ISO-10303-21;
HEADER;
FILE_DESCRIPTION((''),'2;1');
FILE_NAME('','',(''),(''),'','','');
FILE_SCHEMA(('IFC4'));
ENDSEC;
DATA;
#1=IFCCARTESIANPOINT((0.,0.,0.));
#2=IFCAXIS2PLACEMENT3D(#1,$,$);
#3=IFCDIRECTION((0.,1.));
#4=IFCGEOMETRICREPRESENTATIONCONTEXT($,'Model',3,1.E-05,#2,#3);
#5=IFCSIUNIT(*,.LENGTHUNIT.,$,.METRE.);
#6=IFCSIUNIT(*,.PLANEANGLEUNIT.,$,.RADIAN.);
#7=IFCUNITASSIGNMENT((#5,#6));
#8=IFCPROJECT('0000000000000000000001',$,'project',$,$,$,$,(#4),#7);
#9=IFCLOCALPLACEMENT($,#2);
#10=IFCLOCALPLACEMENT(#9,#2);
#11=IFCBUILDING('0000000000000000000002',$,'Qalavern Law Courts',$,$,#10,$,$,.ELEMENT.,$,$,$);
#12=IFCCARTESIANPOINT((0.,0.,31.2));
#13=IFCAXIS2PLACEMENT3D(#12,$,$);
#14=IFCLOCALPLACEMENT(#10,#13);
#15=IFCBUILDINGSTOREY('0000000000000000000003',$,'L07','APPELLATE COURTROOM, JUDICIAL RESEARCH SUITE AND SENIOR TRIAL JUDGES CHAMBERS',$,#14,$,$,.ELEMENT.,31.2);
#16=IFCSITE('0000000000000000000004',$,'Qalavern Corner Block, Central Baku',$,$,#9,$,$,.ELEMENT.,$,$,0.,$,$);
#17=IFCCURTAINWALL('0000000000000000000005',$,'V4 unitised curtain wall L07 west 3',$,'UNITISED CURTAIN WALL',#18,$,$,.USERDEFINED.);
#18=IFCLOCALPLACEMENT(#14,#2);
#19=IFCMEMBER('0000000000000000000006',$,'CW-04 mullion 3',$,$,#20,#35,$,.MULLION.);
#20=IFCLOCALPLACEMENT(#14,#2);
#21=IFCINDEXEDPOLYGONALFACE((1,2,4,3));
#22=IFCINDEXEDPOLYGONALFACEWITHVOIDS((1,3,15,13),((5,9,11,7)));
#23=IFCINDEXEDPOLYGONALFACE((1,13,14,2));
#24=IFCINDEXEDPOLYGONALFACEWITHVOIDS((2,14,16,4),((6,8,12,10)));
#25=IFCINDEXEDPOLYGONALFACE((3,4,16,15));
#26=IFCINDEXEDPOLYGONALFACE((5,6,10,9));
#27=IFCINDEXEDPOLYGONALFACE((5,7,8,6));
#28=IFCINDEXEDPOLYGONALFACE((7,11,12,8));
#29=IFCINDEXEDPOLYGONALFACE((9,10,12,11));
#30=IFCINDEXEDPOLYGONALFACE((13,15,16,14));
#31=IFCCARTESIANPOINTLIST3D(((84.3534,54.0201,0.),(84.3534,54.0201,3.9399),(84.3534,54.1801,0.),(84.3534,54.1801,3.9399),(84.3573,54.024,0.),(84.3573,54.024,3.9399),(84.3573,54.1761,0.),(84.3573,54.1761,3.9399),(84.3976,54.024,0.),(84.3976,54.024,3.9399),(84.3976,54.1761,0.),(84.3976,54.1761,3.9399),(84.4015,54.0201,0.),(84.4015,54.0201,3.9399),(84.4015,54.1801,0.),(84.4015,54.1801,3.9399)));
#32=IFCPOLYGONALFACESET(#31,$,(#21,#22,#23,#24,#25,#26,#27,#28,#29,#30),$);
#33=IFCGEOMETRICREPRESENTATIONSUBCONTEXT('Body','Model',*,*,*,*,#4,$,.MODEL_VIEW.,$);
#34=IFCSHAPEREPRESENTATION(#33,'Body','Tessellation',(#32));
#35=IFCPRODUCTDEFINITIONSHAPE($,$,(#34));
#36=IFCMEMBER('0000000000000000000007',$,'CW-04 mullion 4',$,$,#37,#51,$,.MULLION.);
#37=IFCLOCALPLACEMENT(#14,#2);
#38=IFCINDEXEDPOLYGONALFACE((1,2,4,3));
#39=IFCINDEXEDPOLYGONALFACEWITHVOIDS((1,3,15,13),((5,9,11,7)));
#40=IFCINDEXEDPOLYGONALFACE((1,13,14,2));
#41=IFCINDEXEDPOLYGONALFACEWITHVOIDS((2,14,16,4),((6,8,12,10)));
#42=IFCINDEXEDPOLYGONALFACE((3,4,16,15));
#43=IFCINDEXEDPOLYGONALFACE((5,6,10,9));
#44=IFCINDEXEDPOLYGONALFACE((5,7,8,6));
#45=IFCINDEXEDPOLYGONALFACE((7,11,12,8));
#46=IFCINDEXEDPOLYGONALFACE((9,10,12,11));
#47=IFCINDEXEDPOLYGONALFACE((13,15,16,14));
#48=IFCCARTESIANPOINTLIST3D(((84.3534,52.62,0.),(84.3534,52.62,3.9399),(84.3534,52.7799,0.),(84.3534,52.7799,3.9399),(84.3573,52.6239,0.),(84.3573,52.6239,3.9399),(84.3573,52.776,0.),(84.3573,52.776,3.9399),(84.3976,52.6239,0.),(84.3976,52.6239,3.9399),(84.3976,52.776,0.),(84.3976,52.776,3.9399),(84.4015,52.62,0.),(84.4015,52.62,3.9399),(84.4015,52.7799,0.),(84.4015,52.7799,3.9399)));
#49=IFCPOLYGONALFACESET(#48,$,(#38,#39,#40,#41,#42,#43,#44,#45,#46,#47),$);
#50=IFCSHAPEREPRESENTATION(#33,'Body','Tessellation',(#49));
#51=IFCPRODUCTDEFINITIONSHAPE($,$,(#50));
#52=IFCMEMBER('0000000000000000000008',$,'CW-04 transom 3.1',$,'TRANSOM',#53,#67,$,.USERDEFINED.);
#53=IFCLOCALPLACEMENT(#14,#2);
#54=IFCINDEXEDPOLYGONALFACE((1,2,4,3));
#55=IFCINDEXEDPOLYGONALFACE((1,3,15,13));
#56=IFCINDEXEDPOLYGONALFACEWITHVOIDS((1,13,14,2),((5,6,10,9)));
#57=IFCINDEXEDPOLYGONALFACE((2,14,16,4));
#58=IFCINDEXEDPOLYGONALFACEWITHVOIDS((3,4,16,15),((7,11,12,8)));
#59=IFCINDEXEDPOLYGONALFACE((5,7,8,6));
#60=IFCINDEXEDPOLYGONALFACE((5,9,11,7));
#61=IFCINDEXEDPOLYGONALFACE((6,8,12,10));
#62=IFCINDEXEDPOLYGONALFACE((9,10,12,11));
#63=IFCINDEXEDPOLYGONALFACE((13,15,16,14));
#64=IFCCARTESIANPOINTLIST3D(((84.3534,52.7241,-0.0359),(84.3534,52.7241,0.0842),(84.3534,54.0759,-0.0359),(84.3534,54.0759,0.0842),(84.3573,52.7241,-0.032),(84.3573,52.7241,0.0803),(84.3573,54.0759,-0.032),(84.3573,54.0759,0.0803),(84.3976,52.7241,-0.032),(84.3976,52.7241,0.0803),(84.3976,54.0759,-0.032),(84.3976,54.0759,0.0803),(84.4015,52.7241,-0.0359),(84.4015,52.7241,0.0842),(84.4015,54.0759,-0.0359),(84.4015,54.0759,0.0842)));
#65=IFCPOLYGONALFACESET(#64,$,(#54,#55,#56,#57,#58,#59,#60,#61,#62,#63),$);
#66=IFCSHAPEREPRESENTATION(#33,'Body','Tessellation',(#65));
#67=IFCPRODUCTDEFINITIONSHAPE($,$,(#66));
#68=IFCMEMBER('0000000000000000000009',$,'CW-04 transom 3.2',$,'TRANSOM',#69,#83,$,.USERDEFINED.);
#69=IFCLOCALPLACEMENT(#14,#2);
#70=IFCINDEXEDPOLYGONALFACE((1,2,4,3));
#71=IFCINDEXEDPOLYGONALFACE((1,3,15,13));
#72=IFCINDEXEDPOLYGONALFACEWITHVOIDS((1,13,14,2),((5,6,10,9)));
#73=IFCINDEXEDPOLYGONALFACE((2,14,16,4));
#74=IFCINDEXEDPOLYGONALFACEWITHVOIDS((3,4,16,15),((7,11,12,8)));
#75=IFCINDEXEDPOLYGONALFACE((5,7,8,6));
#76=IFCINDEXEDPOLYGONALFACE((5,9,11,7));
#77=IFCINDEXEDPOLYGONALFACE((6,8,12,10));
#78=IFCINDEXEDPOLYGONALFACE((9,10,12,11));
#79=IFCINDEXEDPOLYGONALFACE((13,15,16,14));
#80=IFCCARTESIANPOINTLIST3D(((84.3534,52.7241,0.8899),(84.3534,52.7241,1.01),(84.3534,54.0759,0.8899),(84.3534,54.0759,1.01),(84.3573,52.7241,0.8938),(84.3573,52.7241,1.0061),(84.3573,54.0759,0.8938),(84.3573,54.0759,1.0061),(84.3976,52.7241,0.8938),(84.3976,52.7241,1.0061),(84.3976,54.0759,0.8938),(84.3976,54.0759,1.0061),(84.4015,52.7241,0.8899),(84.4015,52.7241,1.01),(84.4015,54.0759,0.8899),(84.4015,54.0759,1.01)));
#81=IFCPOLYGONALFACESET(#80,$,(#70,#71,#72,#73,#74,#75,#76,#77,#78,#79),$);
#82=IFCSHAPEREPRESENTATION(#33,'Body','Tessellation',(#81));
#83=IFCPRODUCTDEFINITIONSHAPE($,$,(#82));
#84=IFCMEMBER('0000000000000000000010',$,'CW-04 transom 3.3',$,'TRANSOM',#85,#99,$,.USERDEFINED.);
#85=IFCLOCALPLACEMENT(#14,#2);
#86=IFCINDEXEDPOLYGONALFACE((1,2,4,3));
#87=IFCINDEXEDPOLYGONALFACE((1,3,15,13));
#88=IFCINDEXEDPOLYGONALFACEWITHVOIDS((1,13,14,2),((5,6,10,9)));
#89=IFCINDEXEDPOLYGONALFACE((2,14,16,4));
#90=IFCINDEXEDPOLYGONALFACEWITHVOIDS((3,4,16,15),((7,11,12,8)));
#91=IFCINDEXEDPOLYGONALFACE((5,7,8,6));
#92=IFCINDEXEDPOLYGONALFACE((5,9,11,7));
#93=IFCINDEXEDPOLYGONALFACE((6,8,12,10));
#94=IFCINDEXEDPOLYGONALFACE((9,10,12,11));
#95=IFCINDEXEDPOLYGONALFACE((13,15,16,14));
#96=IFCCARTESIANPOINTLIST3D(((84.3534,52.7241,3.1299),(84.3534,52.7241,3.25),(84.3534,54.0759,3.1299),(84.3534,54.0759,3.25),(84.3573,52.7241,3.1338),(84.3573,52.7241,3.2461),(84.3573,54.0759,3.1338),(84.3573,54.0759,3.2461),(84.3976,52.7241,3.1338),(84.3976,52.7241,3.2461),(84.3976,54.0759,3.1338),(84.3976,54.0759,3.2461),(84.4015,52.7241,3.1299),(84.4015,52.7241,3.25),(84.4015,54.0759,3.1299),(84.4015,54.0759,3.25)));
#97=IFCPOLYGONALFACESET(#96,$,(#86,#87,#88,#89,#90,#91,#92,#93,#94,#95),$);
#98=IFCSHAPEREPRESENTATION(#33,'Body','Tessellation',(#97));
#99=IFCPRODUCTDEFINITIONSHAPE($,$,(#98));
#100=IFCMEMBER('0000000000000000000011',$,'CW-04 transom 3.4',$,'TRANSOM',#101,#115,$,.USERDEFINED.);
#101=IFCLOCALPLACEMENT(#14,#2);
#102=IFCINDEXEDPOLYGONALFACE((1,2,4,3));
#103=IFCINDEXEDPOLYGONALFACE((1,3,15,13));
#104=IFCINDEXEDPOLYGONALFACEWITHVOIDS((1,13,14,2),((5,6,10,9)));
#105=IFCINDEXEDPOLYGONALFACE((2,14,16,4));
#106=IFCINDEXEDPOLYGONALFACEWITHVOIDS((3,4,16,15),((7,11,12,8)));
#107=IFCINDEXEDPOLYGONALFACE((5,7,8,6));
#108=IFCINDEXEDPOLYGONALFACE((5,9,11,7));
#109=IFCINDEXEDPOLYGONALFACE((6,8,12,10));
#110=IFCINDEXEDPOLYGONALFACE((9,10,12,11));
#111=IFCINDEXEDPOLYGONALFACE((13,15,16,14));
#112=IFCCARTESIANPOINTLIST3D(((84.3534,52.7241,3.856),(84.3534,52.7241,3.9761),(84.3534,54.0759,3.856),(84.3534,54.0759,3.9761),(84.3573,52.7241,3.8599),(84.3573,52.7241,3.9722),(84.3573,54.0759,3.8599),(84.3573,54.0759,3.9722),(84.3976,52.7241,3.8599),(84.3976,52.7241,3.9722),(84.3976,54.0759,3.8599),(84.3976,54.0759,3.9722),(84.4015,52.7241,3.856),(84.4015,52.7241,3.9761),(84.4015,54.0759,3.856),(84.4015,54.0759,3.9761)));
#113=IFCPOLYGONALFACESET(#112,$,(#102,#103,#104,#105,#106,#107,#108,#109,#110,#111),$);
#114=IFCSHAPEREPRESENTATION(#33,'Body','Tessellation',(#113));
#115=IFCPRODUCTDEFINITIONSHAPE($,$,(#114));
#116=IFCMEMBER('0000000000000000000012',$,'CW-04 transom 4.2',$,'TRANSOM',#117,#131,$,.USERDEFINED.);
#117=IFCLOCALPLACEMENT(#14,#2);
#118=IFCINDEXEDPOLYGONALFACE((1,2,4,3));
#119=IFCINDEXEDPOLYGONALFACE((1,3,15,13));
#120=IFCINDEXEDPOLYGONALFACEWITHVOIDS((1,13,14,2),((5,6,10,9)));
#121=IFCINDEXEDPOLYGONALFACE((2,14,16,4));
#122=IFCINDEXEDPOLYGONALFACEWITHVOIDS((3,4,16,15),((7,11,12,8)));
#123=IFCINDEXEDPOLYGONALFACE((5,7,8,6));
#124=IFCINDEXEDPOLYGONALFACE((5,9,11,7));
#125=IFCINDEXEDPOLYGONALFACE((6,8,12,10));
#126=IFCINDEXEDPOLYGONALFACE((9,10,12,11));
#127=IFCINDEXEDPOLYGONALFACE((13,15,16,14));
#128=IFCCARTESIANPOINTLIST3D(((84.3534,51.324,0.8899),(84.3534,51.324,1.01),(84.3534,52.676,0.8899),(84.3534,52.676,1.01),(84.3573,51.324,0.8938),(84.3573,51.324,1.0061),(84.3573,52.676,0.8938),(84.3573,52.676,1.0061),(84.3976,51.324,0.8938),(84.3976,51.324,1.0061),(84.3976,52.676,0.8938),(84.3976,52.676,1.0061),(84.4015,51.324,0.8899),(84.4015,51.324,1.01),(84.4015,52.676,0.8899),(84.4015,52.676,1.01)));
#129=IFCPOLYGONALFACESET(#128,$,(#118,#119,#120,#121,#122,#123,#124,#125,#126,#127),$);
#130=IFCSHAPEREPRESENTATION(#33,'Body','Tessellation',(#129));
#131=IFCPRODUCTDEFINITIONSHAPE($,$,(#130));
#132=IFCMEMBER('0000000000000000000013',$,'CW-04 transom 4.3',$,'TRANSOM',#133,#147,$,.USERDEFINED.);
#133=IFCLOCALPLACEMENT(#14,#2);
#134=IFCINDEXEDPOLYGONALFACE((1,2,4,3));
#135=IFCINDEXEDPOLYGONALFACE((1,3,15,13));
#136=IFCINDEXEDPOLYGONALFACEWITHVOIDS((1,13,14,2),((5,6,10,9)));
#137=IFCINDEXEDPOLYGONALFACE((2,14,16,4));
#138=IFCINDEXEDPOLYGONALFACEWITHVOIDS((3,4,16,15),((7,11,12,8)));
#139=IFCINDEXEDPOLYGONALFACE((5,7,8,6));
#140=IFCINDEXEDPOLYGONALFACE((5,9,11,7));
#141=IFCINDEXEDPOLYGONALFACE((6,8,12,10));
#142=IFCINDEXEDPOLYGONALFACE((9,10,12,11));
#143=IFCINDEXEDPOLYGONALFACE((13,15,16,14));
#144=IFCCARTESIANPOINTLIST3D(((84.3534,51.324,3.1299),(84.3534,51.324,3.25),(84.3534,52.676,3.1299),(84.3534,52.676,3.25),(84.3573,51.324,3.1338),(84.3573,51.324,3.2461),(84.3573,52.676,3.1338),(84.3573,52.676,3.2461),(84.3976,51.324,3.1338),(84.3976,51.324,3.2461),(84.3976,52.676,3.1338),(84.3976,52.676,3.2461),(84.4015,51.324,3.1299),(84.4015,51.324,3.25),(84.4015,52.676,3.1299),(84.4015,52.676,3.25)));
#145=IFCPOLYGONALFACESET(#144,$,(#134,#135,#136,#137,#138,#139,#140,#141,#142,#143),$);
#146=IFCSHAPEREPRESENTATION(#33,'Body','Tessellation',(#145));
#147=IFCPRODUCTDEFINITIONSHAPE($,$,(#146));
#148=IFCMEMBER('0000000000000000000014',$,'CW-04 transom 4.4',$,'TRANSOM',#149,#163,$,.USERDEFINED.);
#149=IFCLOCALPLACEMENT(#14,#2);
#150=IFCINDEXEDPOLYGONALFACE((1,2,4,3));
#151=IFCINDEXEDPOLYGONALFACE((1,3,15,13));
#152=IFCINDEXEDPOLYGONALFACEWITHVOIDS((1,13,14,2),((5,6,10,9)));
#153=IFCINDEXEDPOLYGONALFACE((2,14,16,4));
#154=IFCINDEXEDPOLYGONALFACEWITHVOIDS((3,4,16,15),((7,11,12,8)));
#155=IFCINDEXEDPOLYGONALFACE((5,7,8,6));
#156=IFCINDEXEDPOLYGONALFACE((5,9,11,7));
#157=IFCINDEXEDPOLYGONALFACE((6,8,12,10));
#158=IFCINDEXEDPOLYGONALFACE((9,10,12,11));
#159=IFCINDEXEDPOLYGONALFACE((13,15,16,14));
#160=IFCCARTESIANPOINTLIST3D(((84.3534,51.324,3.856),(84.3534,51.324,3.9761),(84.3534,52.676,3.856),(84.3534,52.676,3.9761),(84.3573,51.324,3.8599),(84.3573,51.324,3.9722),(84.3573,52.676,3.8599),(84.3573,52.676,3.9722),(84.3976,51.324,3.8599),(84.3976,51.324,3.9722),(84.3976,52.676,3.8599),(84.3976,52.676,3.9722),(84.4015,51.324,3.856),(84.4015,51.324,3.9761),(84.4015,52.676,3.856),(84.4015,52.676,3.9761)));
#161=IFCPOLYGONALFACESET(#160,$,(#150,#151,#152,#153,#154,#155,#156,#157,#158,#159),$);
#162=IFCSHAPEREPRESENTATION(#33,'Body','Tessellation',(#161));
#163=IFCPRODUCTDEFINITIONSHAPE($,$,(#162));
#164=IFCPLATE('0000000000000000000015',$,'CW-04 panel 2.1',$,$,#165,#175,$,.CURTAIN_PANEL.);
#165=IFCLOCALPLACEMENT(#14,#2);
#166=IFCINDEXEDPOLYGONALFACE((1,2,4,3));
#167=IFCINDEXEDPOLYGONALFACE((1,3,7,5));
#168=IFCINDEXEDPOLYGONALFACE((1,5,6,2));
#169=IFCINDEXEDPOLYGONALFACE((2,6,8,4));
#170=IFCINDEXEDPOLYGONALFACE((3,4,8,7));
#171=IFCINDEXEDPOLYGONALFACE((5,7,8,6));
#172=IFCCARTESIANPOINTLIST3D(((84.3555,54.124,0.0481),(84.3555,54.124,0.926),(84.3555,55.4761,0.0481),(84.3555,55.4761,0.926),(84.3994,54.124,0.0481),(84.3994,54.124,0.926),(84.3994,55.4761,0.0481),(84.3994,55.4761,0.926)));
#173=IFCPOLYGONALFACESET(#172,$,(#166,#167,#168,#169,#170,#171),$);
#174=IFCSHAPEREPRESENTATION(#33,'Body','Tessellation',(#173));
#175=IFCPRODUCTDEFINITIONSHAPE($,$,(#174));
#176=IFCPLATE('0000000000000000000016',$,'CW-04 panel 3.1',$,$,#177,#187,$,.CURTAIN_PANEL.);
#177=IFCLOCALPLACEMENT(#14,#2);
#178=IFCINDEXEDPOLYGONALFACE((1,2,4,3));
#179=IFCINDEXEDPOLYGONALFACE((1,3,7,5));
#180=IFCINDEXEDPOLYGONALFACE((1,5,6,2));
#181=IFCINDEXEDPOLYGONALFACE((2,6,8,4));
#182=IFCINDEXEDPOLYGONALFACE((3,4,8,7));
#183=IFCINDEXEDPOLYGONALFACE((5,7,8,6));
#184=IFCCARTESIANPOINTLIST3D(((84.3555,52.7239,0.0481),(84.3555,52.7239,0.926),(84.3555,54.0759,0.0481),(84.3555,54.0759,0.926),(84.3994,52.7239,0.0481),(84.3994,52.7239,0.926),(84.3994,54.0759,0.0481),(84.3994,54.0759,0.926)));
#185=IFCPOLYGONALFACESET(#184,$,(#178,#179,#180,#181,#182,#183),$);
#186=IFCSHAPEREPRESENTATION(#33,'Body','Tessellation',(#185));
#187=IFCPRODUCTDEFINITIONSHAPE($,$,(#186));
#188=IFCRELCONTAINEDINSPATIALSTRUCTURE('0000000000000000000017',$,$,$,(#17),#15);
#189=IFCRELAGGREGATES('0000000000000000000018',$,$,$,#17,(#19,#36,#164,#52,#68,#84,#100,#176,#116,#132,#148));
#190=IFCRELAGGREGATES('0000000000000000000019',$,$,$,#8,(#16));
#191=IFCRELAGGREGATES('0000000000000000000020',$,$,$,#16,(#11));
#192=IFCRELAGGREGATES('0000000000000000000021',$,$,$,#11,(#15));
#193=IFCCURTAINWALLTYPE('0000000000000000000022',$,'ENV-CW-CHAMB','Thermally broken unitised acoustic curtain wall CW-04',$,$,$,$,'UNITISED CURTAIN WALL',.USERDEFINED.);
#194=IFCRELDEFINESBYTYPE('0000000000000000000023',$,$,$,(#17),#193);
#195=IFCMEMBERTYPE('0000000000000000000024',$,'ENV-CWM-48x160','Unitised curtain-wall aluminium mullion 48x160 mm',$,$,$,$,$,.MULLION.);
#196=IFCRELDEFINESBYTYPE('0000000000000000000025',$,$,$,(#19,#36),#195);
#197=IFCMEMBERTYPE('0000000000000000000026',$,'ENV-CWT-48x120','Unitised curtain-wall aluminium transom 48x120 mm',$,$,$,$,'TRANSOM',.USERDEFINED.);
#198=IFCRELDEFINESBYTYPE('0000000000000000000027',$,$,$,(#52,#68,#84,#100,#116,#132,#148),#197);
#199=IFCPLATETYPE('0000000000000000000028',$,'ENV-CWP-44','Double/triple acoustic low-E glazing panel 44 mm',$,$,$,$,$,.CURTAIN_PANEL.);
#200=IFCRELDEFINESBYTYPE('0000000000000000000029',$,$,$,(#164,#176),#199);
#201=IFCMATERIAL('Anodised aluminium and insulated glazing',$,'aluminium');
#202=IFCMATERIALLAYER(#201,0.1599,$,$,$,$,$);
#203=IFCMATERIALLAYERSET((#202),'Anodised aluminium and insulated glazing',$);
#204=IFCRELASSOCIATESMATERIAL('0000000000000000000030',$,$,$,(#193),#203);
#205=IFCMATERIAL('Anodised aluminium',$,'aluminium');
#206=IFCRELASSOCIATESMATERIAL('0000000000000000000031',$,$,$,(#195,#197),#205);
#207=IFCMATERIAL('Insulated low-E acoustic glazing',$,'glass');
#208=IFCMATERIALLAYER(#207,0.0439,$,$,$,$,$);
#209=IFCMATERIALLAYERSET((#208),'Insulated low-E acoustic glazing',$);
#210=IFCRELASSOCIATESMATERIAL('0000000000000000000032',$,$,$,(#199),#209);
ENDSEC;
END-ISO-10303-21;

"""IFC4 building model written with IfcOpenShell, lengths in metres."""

from ifc_helpers import new_model, si_unit, direction, frame, origin, origin_2d, place, context, subcontext, project, spatial, rectangle, hollow_rectangle, extrude, material, layer, layer_set, material_profile, profile_set, type_object, element, aggregate, save


model = new_model("IFC4")

# Units and contexts
model_context = context("Model", 3, precision=1e-05, world=origin(), true_north=direction((0.0, 1.0)))
body_context = subcontext(model_context, "Body", "Model", "MODEL_VIEW")
ifc_project = project(units=[si_unit("LENGTHUNIT", "METRE"), si_unit("PLANEANGLEUNIT", "RADIAN")], contexts=[model_context])

# Site, building, storey
site_placement = place(None, origin())
site = spatial("IfcSite", under=ifc_project, at=site_placement, Name="Qalavern Corner Block, Central Baku", CompositionType="ELEMENT", RefElevation=0.0)
building_placement = place(site_placement, origin())
building = spatial("IfcBuilding", under=site, at=building_placement, Name="Qalavern Law Courts", CompositionType="ELEMENT")
storey_placement = place(building_placement, frame((0.0, 0.0, 31.2)))
storey = spatial("IfcBuildingStorey", under=building, at=storey_placement, Name="L07", Description="APPELLATE COURTROOM, JUDICIAL RESEARCH SUITE AND SENIOR TRIAL JUDGES CHAMBERS", CompositionType="ELEMENT", Elevation=31.2)

# Curtain wall, members, plates
ifc_material_1 = material(Name="Anodised aluminium and insulated glazing", Category="aluminium")
ifc_layer_1 = layer(ifc_material_1, 0.1599)
ifc_layer_set_1 = layer_set([ifc_layer_1], Name="Anodised aluminium and insulated glazing")
curtain_wall_type = type_object("IfcCurtainWallType", Name="ENV-CW-CHAMB", Description="Thermally broken unitised acoustic curtain wall CW-04", ElementType="UNITISED CURTAIN WALL", PredefinedType="USERDEFINED", material=ifc_layer_set_1)
curtain_wall_placement = place(storey_placement, origin())
curtain_wall = element("IfcCurtainWall", 1, at=curtain_wall_placement, inside=storey, type_object=curtain_wall_type, Name="V4 unitised curtain wall L07 west 3", ObjectType="UNITISED CURTAIN WALL", PredefinedType="USERDEFINED")
ifc_material_2 = material(Name="Anodised aluminium", Category="aluminium")
ifc_material_profile_1 = material_profile(ifc_material_2, hollow_rectangle(XDim=0.0481, YDim=0.1599, WallThickness=0.0039, at=origin_2d()), Name="ALU MULLION 48x160")
ifc_profile_set_1 = profile_set([ifc_material_profile_1], Name="Anodised aluminium")
member_type_1 = type_object("IfcMemberType", Name="ENV-CWM-48x160", Description="Unitised curtain-wall aluminium mullion 48x160 mm", PredefinedType="MULLION", material=ifc_profile_set_1)
member_1_placement = place(storey_placement, frame((84.3774, 54.1001, 0.0), z_axis=(0.0, 0.0, 1.0), x_axis=(1.0, 0.0, 0.0)))
member_1 = element("IfcMember", 2, at=member_1_placement, type_object=member_type_1, Name="CW-04 mullion 3", PredefinedType="MULLION", context=body_context, shape_type="SweptSolid", body=[
    extrude(hollow_rectangle(XDim=0.0481, YDim=0.1599, WallThickness=0.0039, at=origin_2d()), origin(), (0.0, 0.0, 1.0), 3.9399),
])
member_2_placement = place(storey_placement, frame((84.3774, 52.7, 0.0), z_axis=(0.0, 0.0, 1.0), x_axis=(1.0, 0.0, 0.0)))
member_2 = element("IfcMember", 3, at=member_2_placement, type_object=member_type_1, Name="CW-04 mullion 4", PredefinedType="MULLION", context=body_context, shape_type="SweptSolid", body=[
    extrude(hollow_rectangle(XDim=0.0481, YDim=0.1599, WallThickness=0.0039, at=origin_2d()), origin(), (0.0, 0.0, 1.0), 3.9399),
])
ifc_material_profile_2 = material_profile(ifc_material_2, hollow_rectangle(XDim=0.0481, YDim=0.1201, WallThickness=0.0039, at=origin_2d()), Name="ALU TRANSOM 48x120")
ifc_profile_set_2 = profile_set([ifc_material_profile_2], Name="Anodised aluminium")
member_type_2 = type_object("IfcMemberType", Name="ENV-CWT-48x120", Description="Unitised curtain-wall aluminium transom 48x120 mm", ElementType="TRANSOM", PredefinedType="USERDEFINED", material=ifc_profile_set_2)
member_3_placement = place(storey_placement, frame((84.3774, 54.0759, 0.0242), z_axis=(0.0, -1.0, 0.0), x_axis=(1.0, 0.0, 0.0)))
member_3 = element("IfcMember", 4, at=member_3_placement, type_object=member_type_2, Name="CW-04 transom 3.1", ObjectType="TRANSOM", PredefinedType="USERDEFINED", context=body_context, shape_type="SweptSolid", body=[
    extrude(hollow_rectangle(XDim=0.0481, YDim=0.1201, WallThickness=0.0039, at=origin_2d()), origin(), (0.0, 0.0, 1.0), 1.3518),
])
member_4_placement = place(storey_placement, frame((84.3774, 54.0759, 0.95), z_axis=(0.0, -1.0, 0.0), x_axis=(1.0, 0.0, 0.0)))
member_4 = element("IfcMember", 5, at=member_4_placement, type_object=member_type_2, Name="CW-04 transom 3.2", ObjectType="TRANSOM", PredefinedType="USERDEFINED", context=body_context, shape_type="SweptSolid", body=[
    extrude(hollow_rectangle(XDim=0.0481, YDim=0.1201, WallThickness=0.0039, at=origin_2d()), origin(), (0.0, 0.0, 1.0), 1.3518),
])
member_5_placement = place(storey_placement, frame((84.3774, 54.0759, 3.1899), z_axis=(0.0, -1.0, 0.0), x_axis=(1.0, 0.0, 0.0)))
member_5 = element("IfcMember", 6, at=member_5_placement, type_object=member_type_2, Name="CW-04 transom 3.3", ObjectType="TRANSOM", PredefinedType="USERDEFINED", context=body_context, shape_type="SweptSolid", body=[
    extrude(hollow_rectangle(XDim=0.0481, YDim=0.1201, WallThickness=0.0039, at=origin_2d()), origin(), (0.0, 0.0, 1.0), 1.3518),
])
member_6_placement = place(storey_placement, frame((84.3774, 54.0759, 3.916), z_axis=(0.0, -1.0, 0.0), x_axis=(1.0, 0.0, 0.0)))
member_6 = element("IfcMember", 7, at=member_6_placement, type_object=member_type_2, Name="CW-04 transom 3.4", ObjectType="TRANSOM", PredefinedType="USERDEFINED", context=body_context, shape_type="SweptSolid", body=[
    extrude(hollow_rectangle(XDim=0.0481, YDim=0.1201, WallThickness=0.0039, at=origin_2d()), origin(), (0.0, 0.0, 1.0), 1.3518),
])
member_7_placement = place(storey_placement, frame((84.3774, 52.676, 0.95), z_axis=(0.0, -1.0, 0.0), x_axis=(1.0, 0.0, 0.0)))
member_7 = element("IfcMember", 8, at=member_7_placement, type_object=member_type_2, Name="CW-04 transom 4.2", ObjectType="TRANSOM", PredefinedType="USERDEFINED", context=body_context, shape_type="SweptSolid", body=[
    extrude(hollow_rectangle(XDim=0.0481, YDim=0.1201, WallThickness=0.0039, at=origin_2d()), origin(), (0.0, 0.0, 1.0), 1.3521),
])
member_8_placement = place(storey_placement, frame((84.3774, 52.676, 3.1899), z_axis=(0.0, -1.0, 0.0), x_axis=(1.0, 0.0, 0.0)))
member_8 = element("IfcMember", 9, at=member_8_placement, type_object=member_type_2, Name="CW-04 transom 4.3", ObjectType="TRANSOM", PredefinedType="USERDEFINED", context=body_context, shape_type="SweptSolid", body=[
    extrude(hollow_rectangle(XDim=0.0481, YDim=0.1201, WallThickness=0.0039, at=origin_2d()), origin(), (0.0, 0.0, 1.0), 1.3521),
])
member_9_placement = place(storey_placement, frame((84.3774, 52.676, 3.916), z_axis=(0.0, -1.0, 0.0), x_axis=(1.0, 0.0, 0.0)))
member_9 = element("IfcMember", 10, at=member_9_placement, type_object=member_type_2, Name="CW-04 transom 4.4", ObjectType="TRANSOM", PredefinedType="USERDEFINED", context=body_context, shape_type="SweptSolid", body=[
    extrude(hollow_rectangle(XDim=0.0481, YDim=0.1201, WallThickness=0.0039, at=origin_2d()), origin(), (0.0, 0.0, 1.0), 1.3521),
])
ifc_material_3 = material(Name="Insulated low-E acoustic glazing", Category="glass")
ifc_layer_2 = layer(ifc_material_3, 0.0439)
ifc_layer_set_2 = layer_set([ifc_layer_2], Name="Insulated low-E acoustic glazing")
plate_type = type_object("IfcPlateType", Name="ENV-CWP-44", Description="Double/triple acoustic low-E glazing panel 44 mm", PredefinedType="CURTAIN_PANEL", material=ifc_layer_set_2)
plate_1_placement = place(storey_placement, frame((84.3774, 54.8, 0.0481), z_axis=(0.0, 0.0, 1.0), x_axis=(0.0, -1.0, 0.0)))
plate_1 = element("IfcPlate", 11, at=plate_1_placement, type_object=plate_type, Name="CW-04 panel 2.1", PredefinedType="CURTAIN_PANEL", context=body_context, shape_type="SweptSolid", body=[
    extrude(rectangle(XDim=1.3521, YDim=0.0439, at=origin_2d()), origin(), (0.0, 0.0, 1.0), 0.8779),
])
plate_2_placement = place(storey_placement, frame((84.3774, 53.3999, 0.0481), z_axis=(0.0, 0.0, 1.0), x_axis=(0.0, -1.0, 0.0)))
plate_2 = element("IfcPlate", 12, at=plate_2_placement, type_object=plate_type, Name="CW-04 panel 3.1", PredefinedType="CURTAIN_PANEL", context=body_context, shape_type="SweptSolid", body=[
    extrude(rectangle(XDim=1.3521, YDim=0.0439, at=origin_2d()), origin(), (0.0, 0.0, 1.0), 0.8779),
])
aggregate(curtain_wall, [member_1, member_2, plate_1, member_3, member_4, member_5, member_6, plate_2, member_7, member_8, member_9])

save(model, "model.ifc")
